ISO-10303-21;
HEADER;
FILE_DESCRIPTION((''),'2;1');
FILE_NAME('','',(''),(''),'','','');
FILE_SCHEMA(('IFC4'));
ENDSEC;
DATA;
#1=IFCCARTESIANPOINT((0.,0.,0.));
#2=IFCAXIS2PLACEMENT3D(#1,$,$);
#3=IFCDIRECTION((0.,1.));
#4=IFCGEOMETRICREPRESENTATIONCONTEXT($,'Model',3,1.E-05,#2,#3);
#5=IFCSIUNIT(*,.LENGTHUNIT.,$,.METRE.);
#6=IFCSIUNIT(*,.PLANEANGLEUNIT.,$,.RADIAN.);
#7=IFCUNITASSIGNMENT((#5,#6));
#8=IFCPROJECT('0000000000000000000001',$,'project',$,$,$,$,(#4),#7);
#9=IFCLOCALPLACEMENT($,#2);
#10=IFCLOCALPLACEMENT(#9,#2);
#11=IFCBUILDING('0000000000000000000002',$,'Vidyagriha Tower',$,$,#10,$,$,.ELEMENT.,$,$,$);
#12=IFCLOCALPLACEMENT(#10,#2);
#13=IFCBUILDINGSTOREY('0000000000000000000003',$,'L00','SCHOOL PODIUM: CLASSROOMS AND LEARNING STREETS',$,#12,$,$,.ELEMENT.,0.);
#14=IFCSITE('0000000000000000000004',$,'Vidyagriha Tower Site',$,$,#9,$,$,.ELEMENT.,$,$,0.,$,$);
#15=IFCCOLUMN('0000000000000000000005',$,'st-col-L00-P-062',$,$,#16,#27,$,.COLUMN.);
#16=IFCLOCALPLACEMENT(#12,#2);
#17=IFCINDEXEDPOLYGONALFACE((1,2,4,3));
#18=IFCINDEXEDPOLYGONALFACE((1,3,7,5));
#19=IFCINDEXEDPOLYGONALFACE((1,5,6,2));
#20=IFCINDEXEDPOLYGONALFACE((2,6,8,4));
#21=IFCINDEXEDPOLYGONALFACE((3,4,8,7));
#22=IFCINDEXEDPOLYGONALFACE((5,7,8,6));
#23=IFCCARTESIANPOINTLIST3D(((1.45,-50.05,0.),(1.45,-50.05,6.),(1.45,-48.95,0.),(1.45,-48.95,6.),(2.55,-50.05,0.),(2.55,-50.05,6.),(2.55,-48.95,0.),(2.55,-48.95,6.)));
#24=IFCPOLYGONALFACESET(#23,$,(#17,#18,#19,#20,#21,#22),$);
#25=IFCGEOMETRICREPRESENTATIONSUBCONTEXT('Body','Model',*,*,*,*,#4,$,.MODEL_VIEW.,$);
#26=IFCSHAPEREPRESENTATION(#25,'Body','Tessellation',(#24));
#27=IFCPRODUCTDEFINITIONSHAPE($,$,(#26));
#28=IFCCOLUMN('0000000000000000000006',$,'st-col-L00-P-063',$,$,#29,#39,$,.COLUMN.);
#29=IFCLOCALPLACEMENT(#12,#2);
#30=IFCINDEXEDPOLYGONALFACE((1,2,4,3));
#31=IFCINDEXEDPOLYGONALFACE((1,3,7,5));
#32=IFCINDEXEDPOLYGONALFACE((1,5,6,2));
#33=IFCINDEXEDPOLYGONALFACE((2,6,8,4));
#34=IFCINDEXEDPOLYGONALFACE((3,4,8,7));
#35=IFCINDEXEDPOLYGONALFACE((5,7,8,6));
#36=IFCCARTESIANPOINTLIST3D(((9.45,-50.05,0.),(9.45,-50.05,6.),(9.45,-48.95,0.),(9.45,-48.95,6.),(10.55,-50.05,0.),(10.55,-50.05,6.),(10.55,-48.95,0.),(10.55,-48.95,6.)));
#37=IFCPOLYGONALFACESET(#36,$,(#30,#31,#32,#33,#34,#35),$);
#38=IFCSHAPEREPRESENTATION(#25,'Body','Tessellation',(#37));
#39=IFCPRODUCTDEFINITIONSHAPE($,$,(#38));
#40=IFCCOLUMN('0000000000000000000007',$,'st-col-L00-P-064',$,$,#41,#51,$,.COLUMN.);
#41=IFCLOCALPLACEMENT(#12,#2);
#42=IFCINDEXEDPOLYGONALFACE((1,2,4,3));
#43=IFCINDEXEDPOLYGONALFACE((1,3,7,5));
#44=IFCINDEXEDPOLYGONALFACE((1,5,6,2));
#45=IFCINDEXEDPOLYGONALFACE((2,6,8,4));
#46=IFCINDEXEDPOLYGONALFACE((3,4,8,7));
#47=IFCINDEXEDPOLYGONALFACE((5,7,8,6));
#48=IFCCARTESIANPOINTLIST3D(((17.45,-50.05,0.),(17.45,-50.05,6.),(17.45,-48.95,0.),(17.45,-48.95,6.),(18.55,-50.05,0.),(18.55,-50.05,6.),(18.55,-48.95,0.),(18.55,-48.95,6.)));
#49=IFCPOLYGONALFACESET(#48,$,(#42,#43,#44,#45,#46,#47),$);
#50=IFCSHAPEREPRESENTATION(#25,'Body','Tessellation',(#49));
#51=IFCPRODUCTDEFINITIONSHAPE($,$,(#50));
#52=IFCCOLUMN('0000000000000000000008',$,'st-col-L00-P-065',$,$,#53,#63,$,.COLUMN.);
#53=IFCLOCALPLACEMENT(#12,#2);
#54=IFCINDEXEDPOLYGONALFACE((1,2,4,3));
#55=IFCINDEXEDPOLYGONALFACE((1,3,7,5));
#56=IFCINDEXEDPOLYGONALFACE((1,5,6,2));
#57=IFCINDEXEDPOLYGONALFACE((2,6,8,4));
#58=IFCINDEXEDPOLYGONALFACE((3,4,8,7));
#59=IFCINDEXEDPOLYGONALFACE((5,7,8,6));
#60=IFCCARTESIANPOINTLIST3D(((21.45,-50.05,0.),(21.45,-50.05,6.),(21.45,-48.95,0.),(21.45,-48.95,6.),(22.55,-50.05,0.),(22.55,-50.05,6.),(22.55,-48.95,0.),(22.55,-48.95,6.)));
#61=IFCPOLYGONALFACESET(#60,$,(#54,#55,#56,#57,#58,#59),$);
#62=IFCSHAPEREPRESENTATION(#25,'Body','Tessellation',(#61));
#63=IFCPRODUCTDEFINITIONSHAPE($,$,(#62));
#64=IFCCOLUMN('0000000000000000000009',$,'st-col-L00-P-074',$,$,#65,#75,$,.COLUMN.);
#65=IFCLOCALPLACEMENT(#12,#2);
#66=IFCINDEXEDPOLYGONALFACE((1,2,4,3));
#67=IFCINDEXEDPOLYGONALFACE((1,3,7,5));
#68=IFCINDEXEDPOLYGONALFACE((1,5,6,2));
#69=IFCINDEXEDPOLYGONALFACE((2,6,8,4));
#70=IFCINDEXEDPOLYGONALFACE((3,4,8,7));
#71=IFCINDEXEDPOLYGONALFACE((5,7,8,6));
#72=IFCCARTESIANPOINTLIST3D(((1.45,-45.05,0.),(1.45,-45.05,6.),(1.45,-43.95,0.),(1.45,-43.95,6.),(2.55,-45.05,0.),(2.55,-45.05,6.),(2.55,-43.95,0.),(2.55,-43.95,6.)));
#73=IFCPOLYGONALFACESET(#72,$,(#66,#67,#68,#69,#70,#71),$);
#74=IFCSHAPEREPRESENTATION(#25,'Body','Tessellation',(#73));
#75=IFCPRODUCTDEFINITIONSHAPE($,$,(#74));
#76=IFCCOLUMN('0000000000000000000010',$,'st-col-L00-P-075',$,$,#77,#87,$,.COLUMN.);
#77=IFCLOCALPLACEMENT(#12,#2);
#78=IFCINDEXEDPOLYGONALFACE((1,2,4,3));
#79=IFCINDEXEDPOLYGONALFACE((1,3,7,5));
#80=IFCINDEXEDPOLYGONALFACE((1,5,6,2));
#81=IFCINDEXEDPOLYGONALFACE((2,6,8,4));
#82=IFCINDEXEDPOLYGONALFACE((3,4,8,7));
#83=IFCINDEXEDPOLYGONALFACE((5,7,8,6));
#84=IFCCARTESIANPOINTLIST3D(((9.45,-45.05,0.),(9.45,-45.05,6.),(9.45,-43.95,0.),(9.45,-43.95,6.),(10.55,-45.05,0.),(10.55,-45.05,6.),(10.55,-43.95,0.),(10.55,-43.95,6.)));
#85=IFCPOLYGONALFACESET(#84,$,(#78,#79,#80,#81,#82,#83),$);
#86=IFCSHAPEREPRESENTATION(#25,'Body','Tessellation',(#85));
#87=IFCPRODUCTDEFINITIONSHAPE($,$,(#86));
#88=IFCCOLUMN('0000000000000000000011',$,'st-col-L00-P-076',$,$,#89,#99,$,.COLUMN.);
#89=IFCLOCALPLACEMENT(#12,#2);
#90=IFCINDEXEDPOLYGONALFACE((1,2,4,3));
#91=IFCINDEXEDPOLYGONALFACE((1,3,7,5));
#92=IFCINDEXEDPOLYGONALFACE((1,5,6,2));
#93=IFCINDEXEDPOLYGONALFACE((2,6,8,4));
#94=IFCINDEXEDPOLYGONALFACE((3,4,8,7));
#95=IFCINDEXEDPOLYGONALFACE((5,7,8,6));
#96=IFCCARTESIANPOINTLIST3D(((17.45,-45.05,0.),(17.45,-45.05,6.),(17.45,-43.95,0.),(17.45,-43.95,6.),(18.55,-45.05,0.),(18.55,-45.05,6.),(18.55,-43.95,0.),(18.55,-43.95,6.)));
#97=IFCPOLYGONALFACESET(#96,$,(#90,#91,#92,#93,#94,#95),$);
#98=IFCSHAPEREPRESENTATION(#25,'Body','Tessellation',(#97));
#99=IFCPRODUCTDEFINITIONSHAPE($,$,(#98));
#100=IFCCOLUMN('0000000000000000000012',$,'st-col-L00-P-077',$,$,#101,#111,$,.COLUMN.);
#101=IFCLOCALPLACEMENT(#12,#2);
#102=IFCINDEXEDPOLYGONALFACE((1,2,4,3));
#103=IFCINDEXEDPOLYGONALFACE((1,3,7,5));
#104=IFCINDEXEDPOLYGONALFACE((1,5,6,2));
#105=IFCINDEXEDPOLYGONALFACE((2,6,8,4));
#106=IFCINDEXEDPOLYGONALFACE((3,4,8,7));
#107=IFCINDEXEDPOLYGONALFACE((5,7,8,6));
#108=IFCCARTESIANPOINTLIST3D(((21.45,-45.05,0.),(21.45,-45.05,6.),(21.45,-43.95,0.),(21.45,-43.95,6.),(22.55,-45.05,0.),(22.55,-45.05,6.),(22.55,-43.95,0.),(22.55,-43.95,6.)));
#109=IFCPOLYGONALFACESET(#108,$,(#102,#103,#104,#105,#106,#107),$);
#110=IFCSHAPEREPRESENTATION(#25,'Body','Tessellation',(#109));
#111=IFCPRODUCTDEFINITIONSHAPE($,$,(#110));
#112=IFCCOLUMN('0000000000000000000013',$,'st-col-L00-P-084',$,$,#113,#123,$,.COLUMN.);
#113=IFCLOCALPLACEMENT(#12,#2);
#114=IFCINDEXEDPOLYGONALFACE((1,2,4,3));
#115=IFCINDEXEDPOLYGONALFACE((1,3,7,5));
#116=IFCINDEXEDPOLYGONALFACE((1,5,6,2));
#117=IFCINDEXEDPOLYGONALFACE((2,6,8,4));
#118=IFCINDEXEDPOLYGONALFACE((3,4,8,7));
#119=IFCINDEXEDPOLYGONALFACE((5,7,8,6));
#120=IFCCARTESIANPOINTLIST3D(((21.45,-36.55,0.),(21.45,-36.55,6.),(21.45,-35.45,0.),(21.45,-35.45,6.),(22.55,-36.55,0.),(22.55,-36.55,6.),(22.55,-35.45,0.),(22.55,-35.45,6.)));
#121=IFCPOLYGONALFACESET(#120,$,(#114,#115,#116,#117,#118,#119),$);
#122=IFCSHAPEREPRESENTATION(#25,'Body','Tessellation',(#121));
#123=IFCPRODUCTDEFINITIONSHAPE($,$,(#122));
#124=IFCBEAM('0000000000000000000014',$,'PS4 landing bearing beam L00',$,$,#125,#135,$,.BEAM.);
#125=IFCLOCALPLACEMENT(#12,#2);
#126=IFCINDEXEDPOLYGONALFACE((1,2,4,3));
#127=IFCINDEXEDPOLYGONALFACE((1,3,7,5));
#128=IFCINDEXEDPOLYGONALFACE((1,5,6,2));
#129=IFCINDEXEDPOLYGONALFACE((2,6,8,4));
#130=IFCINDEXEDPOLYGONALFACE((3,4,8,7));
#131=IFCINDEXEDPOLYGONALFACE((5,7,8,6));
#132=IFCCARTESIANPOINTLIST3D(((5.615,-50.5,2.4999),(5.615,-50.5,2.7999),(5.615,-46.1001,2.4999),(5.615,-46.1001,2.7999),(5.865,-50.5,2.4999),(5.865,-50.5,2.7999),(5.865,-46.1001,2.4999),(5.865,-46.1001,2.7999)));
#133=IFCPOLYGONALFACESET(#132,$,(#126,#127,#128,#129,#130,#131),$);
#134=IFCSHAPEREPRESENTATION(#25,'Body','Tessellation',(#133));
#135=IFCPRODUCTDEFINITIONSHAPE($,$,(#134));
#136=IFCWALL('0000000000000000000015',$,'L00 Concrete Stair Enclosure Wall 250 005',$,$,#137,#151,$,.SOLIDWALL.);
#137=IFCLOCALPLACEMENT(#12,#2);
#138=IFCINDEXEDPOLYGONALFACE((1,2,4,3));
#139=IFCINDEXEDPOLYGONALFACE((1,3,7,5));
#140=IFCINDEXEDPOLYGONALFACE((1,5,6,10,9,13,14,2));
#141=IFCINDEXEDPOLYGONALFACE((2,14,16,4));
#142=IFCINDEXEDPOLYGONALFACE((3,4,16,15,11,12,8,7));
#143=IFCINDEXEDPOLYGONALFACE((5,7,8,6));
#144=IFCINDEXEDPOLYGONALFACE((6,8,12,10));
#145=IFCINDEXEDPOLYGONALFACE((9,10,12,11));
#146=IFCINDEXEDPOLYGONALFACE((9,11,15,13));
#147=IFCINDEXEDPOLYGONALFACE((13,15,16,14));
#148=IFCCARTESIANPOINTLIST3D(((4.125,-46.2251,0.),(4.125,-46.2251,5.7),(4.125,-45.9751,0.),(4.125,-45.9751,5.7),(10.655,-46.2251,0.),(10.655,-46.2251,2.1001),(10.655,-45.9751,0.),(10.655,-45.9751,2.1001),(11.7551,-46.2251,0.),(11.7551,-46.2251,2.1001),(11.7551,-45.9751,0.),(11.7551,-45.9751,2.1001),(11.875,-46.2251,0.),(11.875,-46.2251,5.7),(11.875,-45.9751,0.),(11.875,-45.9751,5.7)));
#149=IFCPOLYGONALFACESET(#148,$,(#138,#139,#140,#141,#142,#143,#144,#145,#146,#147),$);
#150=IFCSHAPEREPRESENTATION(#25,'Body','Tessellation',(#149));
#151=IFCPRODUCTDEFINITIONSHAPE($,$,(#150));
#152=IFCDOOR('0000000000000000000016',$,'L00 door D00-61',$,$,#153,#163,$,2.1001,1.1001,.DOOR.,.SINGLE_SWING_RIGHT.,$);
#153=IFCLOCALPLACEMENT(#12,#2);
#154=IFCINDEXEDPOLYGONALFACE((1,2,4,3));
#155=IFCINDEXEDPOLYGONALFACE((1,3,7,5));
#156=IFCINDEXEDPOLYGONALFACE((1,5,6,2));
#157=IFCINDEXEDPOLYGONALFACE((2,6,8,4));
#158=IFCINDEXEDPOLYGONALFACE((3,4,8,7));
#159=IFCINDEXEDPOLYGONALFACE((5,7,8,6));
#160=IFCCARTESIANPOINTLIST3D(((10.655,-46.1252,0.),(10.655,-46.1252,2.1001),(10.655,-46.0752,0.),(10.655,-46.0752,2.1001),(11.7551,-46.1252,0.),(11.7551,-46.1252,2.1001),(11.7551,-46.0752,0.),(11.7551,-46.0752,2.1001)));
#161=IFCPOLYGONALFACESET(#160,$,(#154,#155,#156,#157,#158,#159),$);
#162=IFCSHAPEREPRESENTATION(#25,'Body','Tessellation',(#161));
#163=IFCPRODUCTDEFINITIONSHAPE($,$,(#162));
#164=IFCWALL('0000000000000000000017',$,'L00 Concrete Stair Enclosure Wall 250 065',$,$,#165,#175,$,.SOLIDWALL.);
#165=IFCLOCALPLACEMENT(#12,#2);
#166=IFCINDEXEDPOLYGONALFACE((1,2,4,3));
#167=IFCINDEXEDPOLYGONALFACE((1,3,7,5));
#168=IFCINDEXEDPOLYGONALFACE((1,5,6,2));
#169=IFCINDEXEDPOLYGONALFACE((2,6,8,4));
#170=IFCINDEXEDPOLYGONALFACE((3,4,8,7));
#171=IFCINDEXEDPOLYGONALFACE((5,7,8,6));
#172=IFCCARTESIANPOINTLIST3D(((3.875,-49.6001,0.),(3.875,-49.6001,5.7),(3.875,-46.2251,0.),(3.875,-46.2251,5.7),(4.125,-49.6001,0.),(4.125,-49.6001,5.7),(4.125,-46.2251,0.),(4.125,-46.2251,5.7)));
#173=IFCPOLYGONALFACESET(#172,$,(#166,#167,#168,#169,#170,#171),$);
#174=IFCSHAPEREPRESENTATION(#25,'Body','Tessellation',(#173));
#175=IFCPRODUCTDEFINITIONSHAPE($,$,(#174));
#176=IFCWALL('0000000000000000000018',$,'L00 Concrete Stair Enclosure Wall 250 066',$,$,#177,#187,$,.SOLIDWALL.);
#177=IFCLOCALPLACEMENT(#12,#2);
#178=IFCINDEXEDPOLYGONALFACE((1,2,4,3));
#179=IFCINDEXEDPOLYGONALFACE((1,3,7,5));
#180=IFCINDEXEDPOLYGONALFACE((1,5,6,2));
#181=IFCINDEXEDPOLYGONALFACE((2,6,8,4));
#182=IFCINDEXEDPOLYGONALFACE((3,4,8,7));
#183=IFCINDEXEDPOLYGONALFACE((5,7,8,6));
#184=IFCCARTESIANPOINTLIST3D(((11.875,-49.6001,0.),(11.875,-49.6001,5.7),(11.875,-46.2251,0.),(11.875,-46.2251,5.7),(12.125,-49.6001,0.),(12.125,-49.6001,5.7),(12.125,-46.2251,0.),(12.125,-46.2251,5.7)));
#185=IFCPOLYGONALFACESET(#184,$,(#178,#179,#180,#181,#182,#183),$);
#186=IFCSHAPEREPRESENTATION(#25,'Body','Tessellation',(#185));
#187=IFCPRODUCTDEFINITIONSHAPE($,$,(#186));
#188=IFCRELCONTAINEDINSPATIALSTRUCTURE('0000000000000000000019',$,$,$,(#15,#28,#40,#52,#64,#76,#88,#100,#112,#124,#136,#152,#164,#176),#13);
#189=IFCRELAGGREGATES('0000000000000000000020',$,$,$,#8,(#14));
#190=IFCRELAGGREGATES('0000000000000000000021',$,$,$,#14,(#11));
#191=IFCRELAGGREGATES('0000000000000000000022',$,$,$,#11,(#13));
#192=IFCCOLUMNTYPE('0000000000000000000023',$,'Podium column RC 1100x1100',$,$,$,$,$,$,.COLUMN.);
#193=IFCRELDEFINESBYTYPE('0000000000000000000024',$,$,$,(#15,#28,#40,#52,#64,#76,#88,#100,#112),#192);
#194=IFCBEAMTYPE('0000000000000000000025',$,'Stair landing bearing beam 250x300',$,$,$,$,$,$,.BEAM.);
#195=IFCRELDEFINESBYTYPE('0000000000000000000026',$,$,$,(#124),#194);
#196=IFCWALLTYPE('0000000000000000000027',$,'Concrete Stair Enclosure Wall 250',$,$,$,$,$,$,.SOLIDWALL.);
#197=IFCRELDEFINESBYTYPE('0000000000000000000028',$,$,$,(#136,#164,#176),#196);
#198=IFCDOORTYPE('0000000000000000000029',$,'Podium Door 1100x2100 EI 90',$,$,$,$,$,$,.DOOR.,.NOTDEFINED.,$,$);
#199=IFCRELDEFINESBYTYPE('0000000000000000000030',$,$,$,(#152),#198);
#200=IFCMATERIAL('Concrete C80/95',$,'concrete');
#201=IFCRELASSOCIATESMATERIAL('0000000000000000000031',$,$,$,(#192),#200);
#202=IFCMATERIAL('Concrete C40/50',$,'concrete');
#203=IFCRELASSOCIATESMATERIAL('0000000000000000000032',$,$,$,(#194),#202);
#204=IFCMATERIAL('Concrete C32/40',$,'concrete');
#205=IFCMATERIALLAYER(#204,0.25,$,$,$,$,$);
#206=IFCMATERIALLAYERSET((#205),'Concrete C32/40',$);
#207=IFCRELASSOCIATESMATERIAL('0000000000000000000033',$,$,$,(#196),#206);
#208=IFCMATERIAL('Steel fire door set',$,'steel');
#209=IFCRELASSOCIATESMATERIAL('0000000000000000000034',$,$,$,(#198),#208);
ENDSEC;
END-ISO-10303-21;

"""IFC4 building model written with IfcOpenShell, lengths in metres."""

from ifc_helpers import new_model, si_unit, direction, frame, frame_2d, origin, origin_2d, place, context, subcontext, project, spatial, rectangle, extrude, material, layer, layer_set, material_profile, profile_set, type_object, element, fill, save


model = new_model("IFC4")

# Units and contexts
model_context = context("Model", 3, precision=1e-05, world=origin(), true_north=direction((0.0, 1.0)))
body_context = subcontext(model_context, "Body", "Model", "MODEL_VIEW")
ifc_project = project(units=[si_unit("LENGTHUNIT", "METRE"), si_unit("PLANEANGLEUNIT", "RADIAN")], contexts=[model_context])

# Site, building, storey
site_placement = place(None, origin())
site = spatial("IfcSite", under=ifc_project, at=site_placement, Name="Vidyagriha Tower Site", CompositionType="ELEMENT", RefElevation=0.0)
building_placement = place(site_placement, origin())
building = spatial("IfcBuilding", under=site, at=building_placement, Name="Vidyagriha Tower", CompositionType="ELEMENT")
storey_placement = place(building_placement, origin())
storey = spatial("IfcBuildingStorey", under=building, at=storey_placement, Name="L00", Description="SCHOOL PODIUM: CLASSROOMS AND LEARNING STREETS", CompositionType="ELEMENT", Elevation=0.0)

# Columns
ifc_material_1 = material(Name="Concrete C80/95", Category="concrete")
ifc_material_profile_1 = material_profile(ifc_material_1, rectangle(XDim=1.1001, YDim=1.1001, at=origin_2d()), Name="RC 1100x1100")
ifc_profile_set_1 = profile_set([ifc_material_profile_1], Name="Concrete C80/95")
column_type = type_object("IfcColumnType", Name="Podium column RC 1100x1100", PredefinedType="COLUMN", material=ifc_profile_set_1)
for number, where, name in (
    (1, (2.0, -49.5, 0.0), "st-col-L00-P-062"),
    (2, (10.0, -49.5, 0.0), "st-col-L00-P-063"),
    (3, (18.0, -49.5, 0.0), "st-col-L00-P-064"),
    (4, (22.0, -49.5, 0.0), "st-col-L00-P-065"),
    (5, (2.0, -44.5, 0.0), "st-col-L00-P-074"),
    (6, (10.0, -44.5, 0.0), "st-col-L00-P-075"),
    (7, (18.0, -44.5, 0.0), "st-col-L00-P-076"),
    (8, (22.0, -44.5, 0.0), "st-col-L00-P-077"),
    (9, (22.0, -36.0, 0.0), "st-col-L00-P-084"),
):
    element("IfcColumn", number, at=place(storey_placement, frame(where)), inside=storey, type_object=column_type, Name=name, PredefinedType="COLUMN", context=body_context, shape_type="SweptSolid", body=[
        extrude(rectangle(XDim=1.1001, YDim=1.1001, at=origin_2d()), origin(), (0.0, 0.0, 1.0), 6.0),
    ])

# Beam
ifc_material_2 = material(Name="Concrete C40/50", Category="concrete")
ifc_material_profile_2 = material_profile(ifc_material_2, rectangle(XDim=0.25, YDim=0.3, at=origin_2d()), Name="Stair landing bearing beam 250x300")
ifc_profile_set_2 = profile_set([ifc_material_profile_2], Name="Concrete C40/50")
beam_type = type_object("IfcBeamType", Name="Stair landing bearing beam 250x300", PredefinedType="BEAM", material=ifc_profile_set_2)
beam_placement = place(storey_placement, frame((5.74, -50.5, 2.6499), z_axis=(0.0, 1.0, 0.0), x_axis=(-1.0, 0.0, 0.0)))
element("IfcBeam", 10, at=beam_placement, inside=storey, type_object=beam_type, Name="PS4 landing bearing beam L00", PredefinedType="BEAM", context=body_context, shape_type="SweptSolid", body=[
    extrude(rectangle(XDim=0.25, YDim=0.3, at=origin_2d()), origin(), (0.0, 0.0, 1.0), 4.3999),
])

# Wall, opening, door
ifc_material_3 = material(Name="Concrete C32/40", Category="concrete")
ifc_layer_1 = layer(ifc_material_3, 0.25)
ifc_layer_set_1 = layer_set([ifc_layer_1], Name="Concrete C32/40")
wall_type_1 = type_object("IfcWallType", Name="Concrete Stair Enclosure Wall 250", PredefinedType="SOLIDWALL", material=ifc_layer_set_1)
wall_1_placement = place(storey_placement, frame((4.125, -46.1001, 0.0)))
wall_1 = element("IfcWall", 11, at=wall_1_placement, inside=storey, type_object=wall_type_1, Name="L00 Concrete Stair Enclosure Wall 250 005", PredefinedType="SOLIDWALL", context=body_context, shape_type="SweptSolid", body=[
    extrude(rectangle(XDim=7.75, YDim=0.25, at=frame_2d((3.875, 0.0))), origin(), (0.0, 0.0, 1.0), 5.7),
])
opening_1_placement = place(wall_1_placement, frame((6.53, 0.0, 0.0)))
opening_1 = element("IfcOpeningElement", 12, at=opening_1_placement, cuts=wall_1, PredefinedType="OPENING", context=body_context, shape_type="SweptSolid", body=[
    extrude(rectangle(XDim=1.1001, YDim=2.1001, at=frame_2d((0.55, 1.05))), frame((0.0, 0.135, 0.0), z_axis=(0.0, -1.0, 0.0), x_axis=(1.0, 0.0, 0.0)), (0.0, 0.0, 1.0), 0.27),
])
ifc_material_4 = material(Name="Steel fire door set", Category="steel")
door_type_1 = type_object("IfcDoorType", Name="Podium Door 1100x2100 EI 90", OperationType="NOTDEFINED", PredefinedType="DOOR", material=ifc_material_4)
door_1_placement = place(opening_1_placement, origin())
door_1 = element("IfcDoor", 13, at=door_1_placement, inside=storey, type_object=door_type_1, Name="L00 door D00-61", OperationType="SINGLE_SWING_RIGHT", OverallHeight=2.1001, OverallWidth=1.1001, PredefinedType="DOOR", context=body_context, shape_type="SweptSolid", body=[
    extrude(rectangle(XDim=1.1001, YDim=2.1001, at=frame_2d((0.55, 1.05))), frame((0.0, 0.0249, 0.0), z_axis=(0.0, -1.0, 0.0), x_axis=(1.0, 0.0, 0.0)), (0.0, 0.0, 1.0), 0.05),
])
fill(opening_1, door_1)

# Walls
for number, where, z_axis, x_axis, name in (
    (14, (4.0, -49.6001, 0.0), (0.0, 0.0, 1.0), (0.0, 1.0, 0.0), "L00 Concrete Stair Enclosure Wall 250 065"),
    (15, (12.0, -49.6001, 0.0), (0.0, 0.0, 1.0), (0.0, 1.0, 0.0), "L00 Concrete Stair Enclosure Wall 250 066"),
):
    element("IfcWall", number, at=place(storey_placement, frame(where, z_axis=z_axis, x_axis=x_axis)), inside=storey, type_object=wall_type_1, Name=name, PredefinedType="SOLIDWALL", context=body_context, shape_type="SweptSolid", body=[
        extrude(rectangle(XDim=3.375, YDim=0.25, at=frame_2d((1.6875, 0.0))), origin(), (0.0, 0.0, 1.0), 5.7),
    ])

save(model, "model.ifc")
